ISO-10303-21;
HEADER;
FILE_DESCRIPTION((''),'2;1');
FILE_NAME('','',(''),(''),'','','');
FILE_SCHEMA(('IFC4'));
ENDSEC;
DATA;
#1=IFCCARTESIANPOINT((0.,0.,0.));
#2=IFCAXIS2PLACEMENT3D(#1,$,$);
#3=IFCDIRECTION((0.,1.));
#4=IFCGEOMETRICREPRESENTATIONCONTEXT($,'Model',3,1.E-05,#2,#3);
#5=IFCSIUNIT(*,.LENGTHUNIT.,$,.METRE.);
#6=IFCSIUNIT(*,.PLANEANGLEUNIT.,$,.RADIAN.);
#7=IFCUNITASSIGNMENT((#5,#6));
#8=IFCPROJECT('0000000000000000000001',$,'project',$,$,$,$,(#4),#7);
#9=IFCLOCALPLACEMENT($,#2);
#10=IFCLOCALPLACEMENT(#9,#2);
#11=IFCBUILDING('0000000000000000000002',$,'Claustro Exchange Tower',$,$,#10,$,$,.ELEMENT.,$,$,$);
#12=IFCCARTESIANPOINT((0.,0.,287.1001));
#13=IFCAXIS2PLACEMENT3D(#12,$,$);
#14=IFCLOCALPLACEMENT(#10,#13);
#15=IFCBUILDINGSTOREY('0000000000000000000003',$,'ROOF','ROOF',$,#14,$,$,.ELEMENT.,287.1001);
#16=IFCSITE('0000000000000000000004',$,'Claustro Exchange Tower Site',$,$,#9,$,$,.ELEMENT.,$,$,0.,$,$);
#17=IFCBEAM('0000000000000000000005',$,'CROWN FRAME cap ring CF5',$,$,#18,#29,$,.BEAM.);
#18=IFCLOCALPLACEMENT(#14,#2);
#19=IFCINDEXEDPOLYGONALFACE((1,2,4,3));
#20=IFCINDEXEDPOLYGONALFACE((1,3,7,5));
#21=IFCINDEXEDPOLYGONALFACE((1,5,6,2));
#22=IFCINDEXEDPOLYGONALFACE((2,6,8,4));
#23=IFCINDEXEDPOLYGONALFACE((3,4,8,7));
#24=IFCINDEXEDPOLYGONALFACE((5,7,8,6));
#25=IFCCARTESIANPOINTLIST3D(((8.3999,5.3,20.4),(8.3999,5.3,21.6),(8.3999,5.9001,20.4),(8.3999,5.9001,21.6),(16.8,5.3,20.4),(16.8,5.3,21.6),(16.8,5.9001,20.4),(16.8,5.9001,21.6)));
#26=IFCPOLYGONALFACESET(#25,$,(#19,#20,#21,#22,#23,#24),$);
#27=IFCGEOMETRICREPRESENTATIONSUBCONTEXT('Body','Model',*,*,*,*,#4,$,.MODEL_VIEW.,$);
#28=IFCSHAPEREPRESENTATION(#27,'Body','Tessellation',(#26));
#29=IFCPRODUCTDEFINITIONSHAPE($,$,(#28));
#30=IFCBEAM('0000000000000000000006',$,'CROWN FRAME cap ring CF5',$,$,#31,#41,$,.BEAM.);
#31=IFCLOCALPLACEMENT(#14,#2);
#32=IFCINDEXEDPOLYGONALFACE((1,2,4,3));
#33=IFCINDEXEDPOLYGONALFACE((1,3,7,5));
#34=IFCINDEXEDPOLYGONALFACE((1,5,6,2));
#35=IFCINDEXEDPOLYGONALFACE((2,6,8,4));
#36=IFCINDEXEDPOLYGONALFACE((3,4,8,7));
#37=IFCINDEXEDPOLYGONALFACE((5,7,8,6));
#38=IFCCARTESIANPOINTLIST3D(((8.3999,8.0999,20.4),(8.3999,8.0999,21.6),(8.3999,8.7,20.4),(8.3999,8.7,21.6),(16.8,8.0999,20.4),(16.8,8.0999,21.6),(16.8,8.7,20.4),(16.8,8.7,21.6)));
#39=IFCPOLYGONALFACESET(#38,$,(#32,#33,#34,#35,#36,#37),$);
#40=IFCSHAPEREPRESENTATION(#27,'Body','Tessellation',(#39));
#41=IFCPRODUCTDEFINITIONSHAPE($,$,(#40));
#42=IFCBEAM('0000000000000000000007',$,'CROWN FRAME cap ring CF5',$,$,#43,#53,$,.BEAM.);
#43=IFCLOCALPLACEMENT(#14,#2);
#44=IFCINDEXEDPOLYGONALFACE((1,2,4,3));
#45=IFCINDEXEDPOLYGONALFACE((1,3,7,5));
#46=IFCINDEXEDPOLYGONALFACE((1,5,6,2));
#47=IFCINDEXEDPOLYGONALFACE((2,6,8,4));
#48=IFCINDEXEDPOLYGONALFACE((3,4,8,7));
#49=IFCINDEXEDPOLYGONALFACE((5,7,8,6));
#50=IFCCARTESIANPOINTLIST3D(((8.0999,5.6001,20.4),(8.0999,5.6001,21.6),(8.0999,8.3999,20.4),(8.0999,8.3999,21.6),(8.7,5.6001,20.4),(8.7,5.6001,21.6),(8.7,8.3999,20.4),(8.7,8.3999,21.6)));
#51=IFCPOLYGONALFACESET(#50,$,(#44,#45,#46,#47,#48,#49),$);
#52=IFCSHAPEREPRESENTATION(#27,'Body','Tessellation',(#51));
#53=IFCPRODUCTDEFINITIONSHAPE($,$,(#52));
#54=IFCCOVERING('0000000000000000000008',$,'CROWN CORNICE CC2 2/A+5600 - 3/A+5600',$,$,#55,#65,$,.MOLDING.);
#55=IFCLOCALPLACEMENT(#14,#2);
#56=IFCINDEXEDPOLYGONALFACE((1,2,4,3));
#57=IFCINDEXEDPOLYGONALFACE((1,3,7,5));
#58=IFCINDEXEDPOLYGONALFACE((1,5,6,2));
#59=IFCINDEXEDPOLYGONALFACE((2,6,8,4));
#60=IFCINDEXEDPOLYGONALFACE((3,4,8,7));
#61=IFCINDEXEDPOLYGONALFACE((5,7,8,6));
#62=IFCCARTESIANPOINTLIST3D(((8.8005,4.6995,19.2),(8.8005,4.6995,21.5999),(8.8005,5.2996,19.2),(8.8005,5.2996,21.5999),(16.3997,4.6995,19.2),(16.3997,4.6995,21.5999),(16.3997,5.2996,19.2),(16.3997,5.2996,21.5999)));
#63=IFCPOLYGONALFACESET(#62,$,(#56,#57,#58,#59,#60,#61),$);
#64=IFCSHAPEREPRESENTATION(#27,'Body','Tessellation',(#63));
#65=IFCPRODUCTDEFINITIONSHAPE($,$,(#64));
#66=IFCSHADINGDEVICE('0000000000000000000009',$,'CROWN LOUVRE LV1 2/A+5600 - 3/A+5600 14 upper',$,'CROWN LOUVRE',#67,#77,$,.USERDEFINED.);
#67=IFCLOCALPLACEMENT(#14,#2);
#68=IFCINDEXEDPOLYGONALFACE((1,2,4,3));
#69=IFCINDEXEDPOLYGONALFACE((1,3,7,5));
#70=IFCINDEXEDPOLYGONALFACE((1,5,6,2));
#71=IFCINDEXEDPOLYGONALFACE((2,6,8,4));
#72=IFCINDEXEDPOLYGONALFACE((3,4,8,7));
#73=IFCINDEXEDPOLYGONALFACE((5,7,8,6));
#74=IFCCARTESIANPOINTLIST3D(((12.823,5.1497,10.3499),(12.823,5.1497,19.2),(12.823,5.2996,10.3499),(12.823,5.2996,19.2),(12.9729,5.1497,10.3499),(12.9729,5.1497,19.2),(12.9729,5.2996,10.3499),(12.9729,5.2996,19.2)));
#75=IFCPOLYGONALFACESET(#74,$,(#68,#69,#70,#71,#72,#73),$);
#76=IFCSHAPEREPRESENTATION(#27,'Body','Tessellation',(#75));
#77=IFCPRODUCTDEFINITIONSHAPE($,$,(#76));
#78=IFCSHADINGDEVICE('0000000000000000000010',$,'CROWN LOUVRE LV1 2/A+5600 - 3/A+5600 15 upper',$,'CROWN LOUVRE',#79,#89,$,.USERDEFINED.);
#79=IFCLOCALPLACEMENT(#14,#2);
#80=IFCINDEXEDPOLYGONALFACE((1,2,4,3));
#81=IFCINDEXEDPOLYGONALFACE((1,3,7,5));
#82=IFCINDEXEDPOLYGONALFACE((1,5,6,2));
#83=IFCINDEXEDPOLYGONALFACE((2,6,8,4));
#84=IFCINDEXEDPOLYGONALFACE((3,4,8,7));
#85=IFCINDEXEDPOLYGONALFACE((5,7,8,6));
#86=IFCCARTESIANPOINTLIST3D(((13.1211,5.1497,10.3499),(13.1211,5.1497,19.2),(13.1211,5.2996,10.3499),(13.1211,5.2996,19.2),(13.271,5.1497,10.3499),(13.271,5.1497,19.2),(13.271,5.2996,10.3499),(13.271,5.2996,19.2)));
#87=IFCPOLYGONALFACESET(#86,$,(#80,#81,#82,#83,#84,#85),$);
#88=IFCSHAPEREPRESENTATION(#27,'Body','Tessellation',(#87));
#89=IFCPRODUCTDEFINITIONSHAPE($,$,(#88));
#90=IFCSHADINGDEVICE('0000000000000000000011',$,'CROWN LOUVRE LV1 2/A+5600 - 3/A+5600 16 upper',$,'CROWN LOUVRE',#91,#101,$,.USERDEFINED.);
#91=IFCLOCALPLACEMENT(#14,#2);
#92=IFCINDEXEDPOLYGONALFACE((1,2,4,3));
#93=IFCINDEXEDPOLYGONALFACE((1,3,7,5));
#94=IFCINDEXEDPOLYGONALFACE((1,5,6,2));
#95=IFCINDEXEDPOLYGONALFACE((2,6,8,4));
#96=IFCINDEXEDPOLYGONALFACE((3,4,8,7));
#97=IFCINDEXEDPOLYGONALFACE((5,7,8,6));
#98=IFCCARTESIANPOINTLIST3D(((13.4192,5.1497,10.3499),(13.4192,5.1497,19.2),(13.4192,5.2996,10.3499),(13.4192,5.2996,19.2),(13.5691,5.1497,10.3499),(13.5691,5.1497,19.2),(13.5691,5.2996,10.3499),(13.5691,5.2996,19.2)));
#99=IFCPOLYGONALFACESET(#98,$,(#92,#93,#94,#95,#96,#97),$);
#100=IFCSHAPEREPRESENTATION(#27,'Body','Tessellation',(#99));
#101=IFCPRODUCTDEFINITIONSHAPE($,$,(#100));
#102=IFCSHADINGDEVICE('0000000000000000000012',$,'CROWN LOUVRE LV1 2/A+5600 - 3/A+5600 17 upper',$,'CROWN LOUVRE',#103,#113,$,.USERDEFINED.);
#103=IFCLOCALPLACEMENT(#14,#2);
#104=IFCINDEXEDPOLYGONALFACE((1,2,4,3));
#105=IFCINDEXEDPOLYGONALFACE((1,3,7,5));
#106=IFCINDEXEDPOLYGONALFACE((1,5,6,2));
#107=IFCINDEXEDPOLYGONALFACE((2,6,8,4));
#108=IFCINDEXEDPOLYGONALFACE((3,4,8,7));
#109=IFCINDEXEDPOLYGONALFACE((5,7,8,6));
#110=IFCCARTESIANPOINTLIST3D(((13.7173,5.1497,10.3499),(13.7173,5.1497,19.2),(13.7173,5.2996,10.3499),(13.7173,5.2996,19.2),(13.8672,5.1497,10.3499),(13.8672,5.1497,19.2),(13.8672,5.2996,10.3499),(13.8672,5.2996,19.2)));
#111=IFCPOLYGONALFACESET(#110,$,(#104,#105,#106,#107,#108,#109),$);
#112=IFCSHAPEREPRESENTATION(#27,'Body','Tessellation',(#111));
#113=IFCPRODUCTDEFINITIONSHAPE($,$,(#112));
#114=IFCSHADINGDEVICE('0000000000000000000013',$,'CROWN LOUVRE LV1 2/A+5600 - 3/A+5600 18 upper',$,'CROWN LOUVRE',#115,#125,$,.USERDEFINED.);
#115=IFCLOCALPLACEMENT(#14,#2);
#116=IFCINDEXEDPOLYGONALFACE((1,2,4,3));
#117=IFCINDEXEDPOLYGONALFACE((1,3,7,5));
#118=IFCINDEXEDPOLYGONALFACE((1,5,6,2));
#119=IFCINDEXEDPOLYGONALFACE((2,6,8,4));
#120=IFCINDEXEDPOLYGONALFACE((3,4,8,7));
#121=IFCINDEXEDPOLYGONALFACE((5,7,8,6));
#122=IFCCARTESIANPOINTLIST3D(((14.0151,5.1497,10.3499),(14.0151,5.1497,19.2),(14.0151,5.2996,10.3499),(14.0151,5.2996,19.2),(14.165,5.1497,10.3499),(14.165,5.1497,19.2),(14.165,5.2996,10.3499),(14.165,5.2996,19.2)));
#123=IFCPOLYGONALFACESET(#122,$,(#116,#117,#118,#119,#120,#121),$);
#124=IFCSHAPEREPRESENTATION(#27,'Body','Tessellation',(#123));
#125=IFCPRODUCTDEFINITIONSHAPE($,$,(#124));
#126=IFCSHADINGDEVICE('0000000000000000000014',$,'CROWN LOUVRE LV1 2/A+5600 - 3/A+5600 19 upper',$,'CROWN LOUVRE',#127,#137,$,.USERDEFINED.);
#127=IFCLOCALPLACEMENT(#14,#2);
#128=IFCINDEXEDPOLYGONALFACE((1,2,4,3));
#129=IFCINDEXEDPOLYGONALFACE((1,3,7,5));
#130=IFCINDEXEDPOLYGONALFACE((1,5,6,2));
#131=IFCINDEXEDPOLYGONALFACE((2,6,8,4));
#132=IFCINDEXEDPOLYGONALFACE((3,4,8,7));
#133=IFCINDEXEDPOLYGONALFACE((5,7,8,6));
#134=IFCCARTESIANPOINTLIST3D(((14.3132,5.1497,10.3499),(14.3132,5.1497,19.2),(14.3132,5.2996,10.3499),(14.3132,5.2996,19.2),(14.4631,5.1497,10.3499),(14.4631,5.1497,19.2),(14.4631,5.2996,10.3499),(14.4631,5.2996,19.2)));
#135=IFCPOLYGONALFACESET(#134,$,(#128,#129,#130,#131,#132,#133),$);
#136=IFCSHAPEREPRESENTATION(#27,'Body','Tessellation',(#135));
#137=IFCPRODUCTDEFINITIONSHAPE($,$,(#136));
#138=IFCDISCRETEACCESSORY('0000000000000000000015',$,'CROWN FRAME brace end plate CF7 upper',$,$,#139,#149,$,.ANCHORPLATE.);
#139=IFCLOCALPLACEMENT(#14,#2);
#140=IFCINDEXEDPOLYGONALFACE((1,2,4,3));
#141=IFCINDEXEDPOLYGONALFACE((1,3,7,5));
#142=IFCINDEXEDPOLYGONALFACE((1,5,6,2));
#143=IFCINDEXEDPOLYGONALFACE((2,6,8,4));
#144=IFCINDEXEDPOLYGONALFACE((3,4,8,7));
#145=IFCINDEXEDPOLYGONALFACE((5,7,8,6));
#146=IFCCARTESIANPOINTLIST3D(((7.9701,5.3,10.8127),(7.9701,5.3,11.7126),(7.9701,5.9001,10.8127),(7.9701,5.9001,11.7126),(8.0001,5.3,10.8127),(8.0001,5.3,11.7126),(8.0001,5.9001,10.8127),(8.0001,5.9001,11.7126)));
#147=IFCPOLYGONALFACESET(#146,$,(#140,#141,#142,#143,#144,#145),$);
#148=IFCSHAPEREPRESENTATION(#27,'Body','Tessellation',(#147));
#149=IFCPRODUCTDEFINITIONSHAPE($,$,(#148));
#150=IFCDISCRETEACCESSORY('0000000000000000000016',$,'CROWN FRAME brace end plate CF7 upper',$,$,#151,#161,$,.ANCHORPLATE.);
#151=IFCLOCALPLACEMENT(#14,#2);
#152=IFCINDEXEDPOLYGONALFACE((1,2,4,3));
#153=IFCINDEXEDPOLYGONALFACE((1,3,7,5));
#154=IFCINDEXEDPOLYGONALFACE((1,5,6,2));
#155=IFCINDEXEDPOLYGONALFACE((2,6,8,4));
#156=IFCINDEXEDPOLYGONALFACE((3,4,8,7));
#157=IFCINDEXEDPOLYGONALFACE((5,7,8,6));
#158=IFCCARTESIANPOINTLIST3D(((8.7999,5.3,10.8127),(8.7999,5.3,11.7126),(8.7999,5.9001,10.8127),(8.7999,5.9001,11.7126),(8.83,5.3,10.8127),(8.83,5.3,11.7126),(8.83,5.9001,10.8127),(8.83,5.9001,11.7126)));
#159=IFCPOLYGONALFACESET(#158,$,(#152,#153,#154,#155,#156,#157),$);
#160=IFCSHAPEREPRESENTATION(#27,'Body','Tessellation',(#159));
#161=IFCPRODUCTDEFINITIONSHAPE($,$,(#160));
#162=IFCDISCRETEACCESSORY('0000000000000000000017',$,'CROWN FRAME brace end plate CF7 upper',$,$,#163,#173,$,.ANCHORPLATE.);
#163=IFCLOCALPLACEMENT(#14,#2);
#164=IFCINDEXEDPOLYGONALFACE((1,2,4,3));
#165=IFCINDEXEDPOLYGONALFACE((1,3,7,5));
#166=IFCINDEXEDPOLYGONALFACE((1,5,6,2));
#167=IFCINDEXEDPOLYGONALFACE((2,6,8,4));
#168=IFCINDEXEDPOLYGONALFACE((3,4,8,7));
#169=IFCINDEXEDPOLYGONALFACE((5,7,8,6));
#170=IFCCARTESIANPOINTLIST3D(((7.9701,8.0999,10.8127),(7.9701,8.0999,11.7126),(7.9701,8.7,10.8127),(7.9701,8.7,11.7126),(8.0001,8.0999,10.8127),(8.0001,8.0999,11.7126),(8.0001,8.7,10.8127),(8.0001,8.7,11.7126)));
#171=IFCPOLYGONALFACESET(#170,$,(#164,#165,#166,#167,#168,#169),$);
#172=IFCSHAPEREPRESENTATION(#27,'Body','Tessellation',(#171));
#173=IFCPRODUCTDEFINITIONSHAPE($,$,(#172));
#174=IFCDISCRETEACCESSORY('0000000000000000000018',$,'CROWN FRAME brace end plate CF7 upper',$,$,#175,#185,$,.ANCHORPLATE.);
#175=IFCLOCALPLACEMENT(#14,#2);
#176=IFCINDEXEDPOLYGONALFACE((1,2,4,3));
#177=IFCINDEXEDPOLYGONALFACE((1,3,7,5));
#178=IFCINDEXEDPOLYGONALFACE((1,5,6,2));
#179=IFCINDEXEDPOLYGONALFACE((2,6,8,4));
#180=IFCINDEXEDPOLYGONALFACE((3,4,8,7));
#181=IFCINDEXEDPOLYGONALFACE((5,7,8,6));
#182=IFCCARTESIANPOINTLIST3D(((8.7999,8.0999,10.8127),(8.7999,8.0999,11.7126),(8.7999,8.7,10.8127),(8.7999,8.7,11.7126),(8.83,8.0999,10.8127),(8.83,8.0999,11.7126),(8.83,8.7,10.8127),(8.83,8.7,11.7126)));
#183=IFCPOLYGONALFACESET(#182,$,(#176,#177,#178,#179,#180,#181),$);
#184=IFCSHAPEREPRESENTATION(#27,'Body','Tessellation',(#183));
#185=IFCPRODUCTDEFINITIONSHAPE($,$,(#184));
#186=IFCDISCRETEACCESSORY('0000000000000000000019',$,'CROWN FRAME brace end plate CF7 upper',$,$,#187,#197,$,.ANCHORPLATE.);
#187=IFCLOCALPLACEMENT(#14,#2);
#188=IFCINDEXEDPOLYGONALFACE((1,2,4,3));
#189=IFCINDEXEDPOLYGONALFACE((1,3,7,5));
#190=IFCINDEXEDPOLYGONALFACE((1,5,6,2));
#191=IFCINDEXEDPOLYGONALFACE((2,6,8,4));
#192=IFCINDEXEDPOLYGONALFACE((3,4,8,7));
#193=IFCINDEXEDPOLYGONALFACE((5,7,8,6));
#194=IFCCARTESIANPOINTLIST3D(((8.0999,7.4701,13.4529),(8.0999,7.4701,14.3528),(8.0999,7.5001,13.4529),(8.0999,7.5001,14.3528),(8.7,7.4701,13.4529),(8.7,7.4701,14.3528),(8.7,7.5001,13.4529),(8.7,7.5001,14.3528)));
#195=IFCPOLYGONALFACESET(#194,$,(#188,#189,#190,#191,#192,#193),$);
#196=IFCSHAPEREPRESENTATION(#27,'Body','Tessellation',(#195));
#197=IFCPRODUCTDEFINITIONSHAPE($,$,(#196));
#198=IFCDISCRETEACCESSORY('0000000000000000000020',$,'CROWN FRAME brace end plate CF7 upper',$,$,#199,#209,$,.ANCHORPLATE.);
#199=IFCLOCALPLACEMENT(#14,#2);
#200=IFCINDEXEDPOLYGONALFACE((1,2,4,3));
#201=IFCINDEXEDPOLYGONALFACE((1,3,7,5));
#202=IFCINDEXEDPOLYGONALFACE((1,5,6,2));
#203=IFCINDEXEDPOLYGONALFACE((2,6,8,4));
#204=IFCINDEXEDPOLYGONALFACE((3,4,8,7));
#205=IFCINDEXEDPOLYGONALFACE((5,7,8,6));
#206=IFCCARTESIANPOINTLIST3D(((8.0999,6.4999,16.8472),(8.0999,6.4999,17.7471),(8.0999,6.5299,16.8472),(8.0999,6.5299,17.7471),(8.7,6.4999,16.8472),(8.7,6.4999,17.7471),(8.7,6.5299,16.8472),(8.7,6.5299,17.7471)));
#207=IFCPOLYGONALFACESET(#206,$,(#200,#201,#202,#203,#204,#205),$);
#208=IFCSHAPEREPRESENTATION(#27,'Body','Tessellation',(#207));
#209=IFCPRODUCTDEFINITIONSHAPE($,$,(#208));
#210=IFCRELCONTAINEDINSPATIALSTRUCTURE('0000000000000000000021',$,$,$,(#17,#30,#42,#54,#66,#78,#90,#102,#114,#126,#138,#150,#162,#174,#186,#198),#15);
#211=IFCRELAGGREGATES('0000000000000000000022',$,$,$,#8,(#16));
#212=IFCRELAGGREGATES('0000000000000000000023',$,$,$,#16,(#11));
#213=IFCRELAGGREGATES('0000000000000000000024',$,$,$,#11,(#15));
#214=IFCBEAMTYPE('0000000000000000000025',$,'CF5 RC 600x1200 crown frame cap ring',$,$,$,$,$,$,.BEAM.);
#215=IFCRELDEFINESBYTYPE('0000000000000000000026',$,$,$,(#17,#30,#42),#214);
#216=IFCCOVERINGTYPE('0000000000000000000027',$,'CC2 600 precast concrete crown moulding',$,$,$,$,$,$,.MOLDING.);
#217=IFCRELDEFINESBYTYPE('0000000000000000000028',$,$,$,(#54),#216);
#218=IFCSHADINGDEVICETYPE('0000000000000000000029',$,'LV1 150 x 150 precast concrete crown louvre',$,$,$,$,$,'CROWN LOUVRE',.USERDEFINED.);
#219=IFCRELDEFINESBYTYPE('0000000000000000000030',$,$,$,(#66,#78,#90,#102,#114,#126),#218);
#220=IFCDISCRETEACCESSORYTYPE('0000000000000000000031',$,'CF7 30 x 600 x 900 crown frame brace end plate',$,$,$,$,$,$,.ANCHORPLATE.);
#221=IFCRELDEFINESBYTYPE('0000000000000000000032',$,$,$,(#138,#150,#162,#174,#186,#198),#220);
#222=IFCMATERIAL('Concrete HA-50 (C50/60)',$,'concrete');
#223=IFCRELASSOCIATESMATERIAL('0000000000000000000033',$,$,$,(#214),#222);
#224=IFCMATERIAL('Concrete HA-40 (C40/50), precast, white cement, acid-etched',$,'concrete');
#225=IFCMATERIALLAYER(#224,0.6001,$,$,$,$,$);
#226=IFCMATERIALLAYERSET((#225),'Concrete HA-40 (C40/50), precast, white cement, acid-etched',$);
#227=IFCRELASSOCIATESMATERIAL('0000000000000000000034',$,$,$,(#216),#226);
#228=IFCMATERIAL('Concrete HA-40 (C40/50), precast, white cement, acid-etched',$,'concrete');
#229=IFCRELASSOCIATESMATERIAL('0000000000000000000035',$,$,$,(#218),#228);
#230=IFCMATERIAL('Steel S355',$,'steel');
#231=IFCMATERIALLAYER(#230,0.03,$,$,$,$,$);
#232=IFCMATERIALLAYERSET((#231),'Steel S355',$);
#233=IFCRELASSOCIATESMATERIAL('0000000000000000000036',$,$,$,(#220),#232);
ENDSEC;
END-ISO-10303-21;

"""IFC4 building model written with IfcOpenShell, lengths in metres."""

from ifc_helpers import new_model, si_unit, direction, frame, origin, origin_2d, place, context, subcontext, project, spatial, rectangle, extrude, material, layer, layer_set, material_profile, profile_set, type_object, element, save


model = new_model("IFC4")

# Units and contexts
model_context = context("Model", 3, precision=1e-05, world=origin(), true_north=direction((0.0, 1.0)))
body_context = subcontext(model_context, "Body", "Model", "MODEL_VIEW")
ifc_project = project(units=[si_unit("LENGTHUNIT", "METRE"), si_unit("PLANEANGLEUNIT", "RADIAN")], contexts=[model_context])

# Site, building, storey
site_placement = place(None, origin())
site = spatial("IfcSite", under=ifc_project, at=site_placement, Name="Claustro Exchange Tower Site", CompositionType="ELEMENT", RefElevation=0.0)
building_placement = place(site_placement, origin())
building = spatial("IfcBuilding", under=site, at=building_placement, Name="Claustro Exchange Tower", CompositionType="ELEMENT")
storey_placement = place(building_placement, frame((0.0, 0.0, 287.1001)))
storey = spatial("IfcBuildingStorey", under=building, at=storey_placement, Name="ROOF", Description="ROOF", CompositionType="ELEMENT", Elevation=287.1001)

# Beams
ifc_material_1 = material(Name="Concrete HA-50 (C50/60)", Category="concrete")
ifc_material_profile_1 = material_profile(ifc_material_1, rectangle(XDim=0.6001, YDim=1.2, at=origin_2d()), Name="RC 600x1200")
ifc_profile_set_1 = profile_set([ifc_material_profile_1], Name="Concrete HA-50 (C50/60)")
beam_type = type_object("IfcBeamType", Name="CF5 RC 600x1200 crown frame cap ring", PredefinedType="BEAM", material=ifc_profile_set_1)
for number, where, z_axis, x_axis, name in (
    (1, (8.3999, 5.6001, 21.0), (1.0, 0.0, 0.0), (0.0, 1.0, 0.0), "CROWN FRAME cap ring CF5"),
    (2, (8.3999, 8.3999, 21.0), (1.0, 0.0, 0.0), (0.0, 1.0, 0.0), "CROWN FRAME cap ring CF5"),
):
    element("IfcBeam", number, at=place(storey_placement, frame(where, z_axis=z_axis, x_axis=x_axis)), inside=storey, type_object=beam_type, Name=name, PredefinedType="BEAM", context=body_context, shape_type="SweptSolid", body=[
        extrude(rectangle(XDim=0.6001, YDim=1.2, at=origin_2d()), origin(), (0.0, 0.0, 1.0), 8.4001),
    ])
beam_placement = place(storey_placement, frame((8.3999, 5.6001, 21.0), z_axis=(0.0, 1.0, 0.0), x_axis=(-1.0, 0.0, 0.0)))
element("IfcBeam", 3, at=beam_placement, inside=storey, type_object=beam_type, Name="CROWN FRAME cap ring CF5", PredefinedType="BEAM", context=body_context, shape_type="SweptSolid", body=[
    extrude(rectangle(XDim=0.6001, YDim=1.2, at=origin_2d()), origin(), (0.0, 0.0, 1.0), 2.7998),
])

# Covering
ifc_material_2 = material(Name="Concrete HA-40 (C40/50), precast, white cement, acid-etched", Category="concrete")
ifc_layer_1 = layer(ifc_material_2, 0.6001)
ifc_layer_set_1 = layer_set([ifc_layer_1], Name="Concrete HA-40 (C40/50), precast, white cement, acid-etched")
covering_type = type_object("IfcCoveringType", Name="CC2 600 precast concrete crown moulding", PredefinedType="MOLDING", material=ifc_layer_set_1)
covering_placement = place(storey_placement, frame((12.6001, 4.9995, 19.2), z_axis=(0.0, 0.0, 1.0), x_axis=(1.0, 0.0, 0.0)))
element("IfcCovering", 4, at=covering_placement, inside=storey, type_object=covering_type, Name="CROWN CORNICE CC2 2/A+5600 - 3/A+5600", PredefinedType="MOLDING", context=body_context, shape_type="SweptSolid", body=[
    extrude(rectangle(XDim=7.5991, YDim=0.6001, at=origin_2d()), origin(), (0.0, 0.0, 1.0), 2.3999),
])

# Shading devices
ifc_material_3 = material(Name="Concrete HA-40 (C40/50), precast, white cement, acid-etched", Category="concrete")
shading_device_type = type_object("IfcShadingDeviceType", Name="LV1 150 x 150 precast concrete crown louvre", ElementType="CROWN LOUVRE", PredefinedType="USERDEFINED", material=ifc_material_3)
for number, where, z_axis, x_axis, name in (
    (5, (12.8979, 5.2246, 10.3499), (0.0, 0.0, 1.0), (1.0, 0.0, 0.0), "CROWN LOUVRE LV1 2/A+5600 - 3/A+5600 14 upper"),
    (6, (13.196, 5.2246, 10.3499), (0.0, 0.0, 1.0), (1.0, 0.0, 0.0), "CROWN LOUVRE LV1 2/A+5600 - 3/A+5600 15 upper"),
    (7, (13.4941, 5.2246, 10.3499), (0.0, 0.0, 1.0), (1.0, 0.0, 0.0), "CROWN LOUVRE LV1 2/A+5600 - 3/A+5600 16 upper"),
    (8, (13.7922, 5.2246, 10.3499), (0.0, 0.0, 1.0), (1.0, 0.0, 0.0), "CROWN LOUVRE LV1 2/A+5600 - 3/A+5600 17 upper"),
    (9, (14.0901, 5.2246, 10.3499), (0.0, 0.0, 1.0), (1.0, 0.0, 0.0), "CROWN LOUVRE LV1 2/A+5600 - 3/A+5600 18 upper"),
    (10, (14.3882, 5.2246, 10.3499), (0.0, 0.0, 1.0), (1.0, 0.0, 0.0), "CROWN LOUVRE LV1 2/A+5600 - 3/A+5600 19 upper"),
):
    element("IfcShadingDevice", number, at=place(storey_placement, frame(where, z_axis=z_axis, x_axis=x_axis)), inside=storey, type_object=shading_device_type, Name=name, ObjectType="CROWN LOUVRE", PredefinedType="USERDEFINED", context=body_context, shape_type="SweptSolid", body=[
        extrude(rectangle(XDim=0.1499, YDim=0.1499, at=origin_2d()), origin(), (0.0, 0.0, 1.0), 8.8501),
    ])

# Discrete accessories
ifc_material_4 = material(Name="Steel S355", Category="steel")
ifc_layer_2 = layer(ifc_material_4, 0.03)
ifc_layer_set_2 = layer_set([ifc_layer_2], Name="Steel S355")
discrete_accessory_type = type_object("IfcDiscreteAccessoryType", Name="CF7 30 x 600 x 900 crown frame brace end plate", PredefinedType="ANCHORPLATE", material=ifc_layer_set_2)
for number, where, z_axis, x_axis, name in (
    (11, (7.9851, 5.6001, 10.8127), (0.0, 0.0, 1.0), (-1.0, 0.0, 0.0), "CROWN FRAME brace end plate CF7 upper"),
    (12, (8.8149, 5.6001, 10.8127), (0.0, 0.0, 1.0), (1.0, 0.0, 0.0), "CROWN FRAME brace end plate CF7 upper"),
    (13, (7.9851, 8.3999, 10.8127), (0.0, 0.0, 1.0), (-1.0, 0.0, 0.0), "CROWN FRAME brace end plate CF7 upper"),
    (14, (8.8149, 8.3999, 10.8127), (0.0, 0.0, 1.0), (1.0, 0.0, 0.0), "CROWN FRAME brace end plate CF7 upper"),
    (15, (8.3999, 7.4851, 13.4529), (0.0, 0.0, 1.0), (0.0, -1.0, 0.0), "CROWN FRAME brace end plate CF7 upper"),
    (16, (8.3999, 6.5149, 16.8472), (0.0, 0.0, 1.0), (0.0, -1.0, 0.0), "CROWN FRAME brace end plate CF7 upper"),
):
    element("IfcDiscreteAccessory", number, at=place(storey_placement, frame(where, z_axis=z_axis, x_axis=x_axis)), inside=storey, type_object=discrete_accessory_type, Name=name, PredefinedType="ANCHORPLATE", context=body_context, shape_type="SweptSolid", body=[
        extrude(rectangle(XDim=0.03, YDim=0.6001, at=origin_2d()), origin(), (0.0, 0.0, 1.0), 0.8999),
    ])

save(model, "model.ifc")
